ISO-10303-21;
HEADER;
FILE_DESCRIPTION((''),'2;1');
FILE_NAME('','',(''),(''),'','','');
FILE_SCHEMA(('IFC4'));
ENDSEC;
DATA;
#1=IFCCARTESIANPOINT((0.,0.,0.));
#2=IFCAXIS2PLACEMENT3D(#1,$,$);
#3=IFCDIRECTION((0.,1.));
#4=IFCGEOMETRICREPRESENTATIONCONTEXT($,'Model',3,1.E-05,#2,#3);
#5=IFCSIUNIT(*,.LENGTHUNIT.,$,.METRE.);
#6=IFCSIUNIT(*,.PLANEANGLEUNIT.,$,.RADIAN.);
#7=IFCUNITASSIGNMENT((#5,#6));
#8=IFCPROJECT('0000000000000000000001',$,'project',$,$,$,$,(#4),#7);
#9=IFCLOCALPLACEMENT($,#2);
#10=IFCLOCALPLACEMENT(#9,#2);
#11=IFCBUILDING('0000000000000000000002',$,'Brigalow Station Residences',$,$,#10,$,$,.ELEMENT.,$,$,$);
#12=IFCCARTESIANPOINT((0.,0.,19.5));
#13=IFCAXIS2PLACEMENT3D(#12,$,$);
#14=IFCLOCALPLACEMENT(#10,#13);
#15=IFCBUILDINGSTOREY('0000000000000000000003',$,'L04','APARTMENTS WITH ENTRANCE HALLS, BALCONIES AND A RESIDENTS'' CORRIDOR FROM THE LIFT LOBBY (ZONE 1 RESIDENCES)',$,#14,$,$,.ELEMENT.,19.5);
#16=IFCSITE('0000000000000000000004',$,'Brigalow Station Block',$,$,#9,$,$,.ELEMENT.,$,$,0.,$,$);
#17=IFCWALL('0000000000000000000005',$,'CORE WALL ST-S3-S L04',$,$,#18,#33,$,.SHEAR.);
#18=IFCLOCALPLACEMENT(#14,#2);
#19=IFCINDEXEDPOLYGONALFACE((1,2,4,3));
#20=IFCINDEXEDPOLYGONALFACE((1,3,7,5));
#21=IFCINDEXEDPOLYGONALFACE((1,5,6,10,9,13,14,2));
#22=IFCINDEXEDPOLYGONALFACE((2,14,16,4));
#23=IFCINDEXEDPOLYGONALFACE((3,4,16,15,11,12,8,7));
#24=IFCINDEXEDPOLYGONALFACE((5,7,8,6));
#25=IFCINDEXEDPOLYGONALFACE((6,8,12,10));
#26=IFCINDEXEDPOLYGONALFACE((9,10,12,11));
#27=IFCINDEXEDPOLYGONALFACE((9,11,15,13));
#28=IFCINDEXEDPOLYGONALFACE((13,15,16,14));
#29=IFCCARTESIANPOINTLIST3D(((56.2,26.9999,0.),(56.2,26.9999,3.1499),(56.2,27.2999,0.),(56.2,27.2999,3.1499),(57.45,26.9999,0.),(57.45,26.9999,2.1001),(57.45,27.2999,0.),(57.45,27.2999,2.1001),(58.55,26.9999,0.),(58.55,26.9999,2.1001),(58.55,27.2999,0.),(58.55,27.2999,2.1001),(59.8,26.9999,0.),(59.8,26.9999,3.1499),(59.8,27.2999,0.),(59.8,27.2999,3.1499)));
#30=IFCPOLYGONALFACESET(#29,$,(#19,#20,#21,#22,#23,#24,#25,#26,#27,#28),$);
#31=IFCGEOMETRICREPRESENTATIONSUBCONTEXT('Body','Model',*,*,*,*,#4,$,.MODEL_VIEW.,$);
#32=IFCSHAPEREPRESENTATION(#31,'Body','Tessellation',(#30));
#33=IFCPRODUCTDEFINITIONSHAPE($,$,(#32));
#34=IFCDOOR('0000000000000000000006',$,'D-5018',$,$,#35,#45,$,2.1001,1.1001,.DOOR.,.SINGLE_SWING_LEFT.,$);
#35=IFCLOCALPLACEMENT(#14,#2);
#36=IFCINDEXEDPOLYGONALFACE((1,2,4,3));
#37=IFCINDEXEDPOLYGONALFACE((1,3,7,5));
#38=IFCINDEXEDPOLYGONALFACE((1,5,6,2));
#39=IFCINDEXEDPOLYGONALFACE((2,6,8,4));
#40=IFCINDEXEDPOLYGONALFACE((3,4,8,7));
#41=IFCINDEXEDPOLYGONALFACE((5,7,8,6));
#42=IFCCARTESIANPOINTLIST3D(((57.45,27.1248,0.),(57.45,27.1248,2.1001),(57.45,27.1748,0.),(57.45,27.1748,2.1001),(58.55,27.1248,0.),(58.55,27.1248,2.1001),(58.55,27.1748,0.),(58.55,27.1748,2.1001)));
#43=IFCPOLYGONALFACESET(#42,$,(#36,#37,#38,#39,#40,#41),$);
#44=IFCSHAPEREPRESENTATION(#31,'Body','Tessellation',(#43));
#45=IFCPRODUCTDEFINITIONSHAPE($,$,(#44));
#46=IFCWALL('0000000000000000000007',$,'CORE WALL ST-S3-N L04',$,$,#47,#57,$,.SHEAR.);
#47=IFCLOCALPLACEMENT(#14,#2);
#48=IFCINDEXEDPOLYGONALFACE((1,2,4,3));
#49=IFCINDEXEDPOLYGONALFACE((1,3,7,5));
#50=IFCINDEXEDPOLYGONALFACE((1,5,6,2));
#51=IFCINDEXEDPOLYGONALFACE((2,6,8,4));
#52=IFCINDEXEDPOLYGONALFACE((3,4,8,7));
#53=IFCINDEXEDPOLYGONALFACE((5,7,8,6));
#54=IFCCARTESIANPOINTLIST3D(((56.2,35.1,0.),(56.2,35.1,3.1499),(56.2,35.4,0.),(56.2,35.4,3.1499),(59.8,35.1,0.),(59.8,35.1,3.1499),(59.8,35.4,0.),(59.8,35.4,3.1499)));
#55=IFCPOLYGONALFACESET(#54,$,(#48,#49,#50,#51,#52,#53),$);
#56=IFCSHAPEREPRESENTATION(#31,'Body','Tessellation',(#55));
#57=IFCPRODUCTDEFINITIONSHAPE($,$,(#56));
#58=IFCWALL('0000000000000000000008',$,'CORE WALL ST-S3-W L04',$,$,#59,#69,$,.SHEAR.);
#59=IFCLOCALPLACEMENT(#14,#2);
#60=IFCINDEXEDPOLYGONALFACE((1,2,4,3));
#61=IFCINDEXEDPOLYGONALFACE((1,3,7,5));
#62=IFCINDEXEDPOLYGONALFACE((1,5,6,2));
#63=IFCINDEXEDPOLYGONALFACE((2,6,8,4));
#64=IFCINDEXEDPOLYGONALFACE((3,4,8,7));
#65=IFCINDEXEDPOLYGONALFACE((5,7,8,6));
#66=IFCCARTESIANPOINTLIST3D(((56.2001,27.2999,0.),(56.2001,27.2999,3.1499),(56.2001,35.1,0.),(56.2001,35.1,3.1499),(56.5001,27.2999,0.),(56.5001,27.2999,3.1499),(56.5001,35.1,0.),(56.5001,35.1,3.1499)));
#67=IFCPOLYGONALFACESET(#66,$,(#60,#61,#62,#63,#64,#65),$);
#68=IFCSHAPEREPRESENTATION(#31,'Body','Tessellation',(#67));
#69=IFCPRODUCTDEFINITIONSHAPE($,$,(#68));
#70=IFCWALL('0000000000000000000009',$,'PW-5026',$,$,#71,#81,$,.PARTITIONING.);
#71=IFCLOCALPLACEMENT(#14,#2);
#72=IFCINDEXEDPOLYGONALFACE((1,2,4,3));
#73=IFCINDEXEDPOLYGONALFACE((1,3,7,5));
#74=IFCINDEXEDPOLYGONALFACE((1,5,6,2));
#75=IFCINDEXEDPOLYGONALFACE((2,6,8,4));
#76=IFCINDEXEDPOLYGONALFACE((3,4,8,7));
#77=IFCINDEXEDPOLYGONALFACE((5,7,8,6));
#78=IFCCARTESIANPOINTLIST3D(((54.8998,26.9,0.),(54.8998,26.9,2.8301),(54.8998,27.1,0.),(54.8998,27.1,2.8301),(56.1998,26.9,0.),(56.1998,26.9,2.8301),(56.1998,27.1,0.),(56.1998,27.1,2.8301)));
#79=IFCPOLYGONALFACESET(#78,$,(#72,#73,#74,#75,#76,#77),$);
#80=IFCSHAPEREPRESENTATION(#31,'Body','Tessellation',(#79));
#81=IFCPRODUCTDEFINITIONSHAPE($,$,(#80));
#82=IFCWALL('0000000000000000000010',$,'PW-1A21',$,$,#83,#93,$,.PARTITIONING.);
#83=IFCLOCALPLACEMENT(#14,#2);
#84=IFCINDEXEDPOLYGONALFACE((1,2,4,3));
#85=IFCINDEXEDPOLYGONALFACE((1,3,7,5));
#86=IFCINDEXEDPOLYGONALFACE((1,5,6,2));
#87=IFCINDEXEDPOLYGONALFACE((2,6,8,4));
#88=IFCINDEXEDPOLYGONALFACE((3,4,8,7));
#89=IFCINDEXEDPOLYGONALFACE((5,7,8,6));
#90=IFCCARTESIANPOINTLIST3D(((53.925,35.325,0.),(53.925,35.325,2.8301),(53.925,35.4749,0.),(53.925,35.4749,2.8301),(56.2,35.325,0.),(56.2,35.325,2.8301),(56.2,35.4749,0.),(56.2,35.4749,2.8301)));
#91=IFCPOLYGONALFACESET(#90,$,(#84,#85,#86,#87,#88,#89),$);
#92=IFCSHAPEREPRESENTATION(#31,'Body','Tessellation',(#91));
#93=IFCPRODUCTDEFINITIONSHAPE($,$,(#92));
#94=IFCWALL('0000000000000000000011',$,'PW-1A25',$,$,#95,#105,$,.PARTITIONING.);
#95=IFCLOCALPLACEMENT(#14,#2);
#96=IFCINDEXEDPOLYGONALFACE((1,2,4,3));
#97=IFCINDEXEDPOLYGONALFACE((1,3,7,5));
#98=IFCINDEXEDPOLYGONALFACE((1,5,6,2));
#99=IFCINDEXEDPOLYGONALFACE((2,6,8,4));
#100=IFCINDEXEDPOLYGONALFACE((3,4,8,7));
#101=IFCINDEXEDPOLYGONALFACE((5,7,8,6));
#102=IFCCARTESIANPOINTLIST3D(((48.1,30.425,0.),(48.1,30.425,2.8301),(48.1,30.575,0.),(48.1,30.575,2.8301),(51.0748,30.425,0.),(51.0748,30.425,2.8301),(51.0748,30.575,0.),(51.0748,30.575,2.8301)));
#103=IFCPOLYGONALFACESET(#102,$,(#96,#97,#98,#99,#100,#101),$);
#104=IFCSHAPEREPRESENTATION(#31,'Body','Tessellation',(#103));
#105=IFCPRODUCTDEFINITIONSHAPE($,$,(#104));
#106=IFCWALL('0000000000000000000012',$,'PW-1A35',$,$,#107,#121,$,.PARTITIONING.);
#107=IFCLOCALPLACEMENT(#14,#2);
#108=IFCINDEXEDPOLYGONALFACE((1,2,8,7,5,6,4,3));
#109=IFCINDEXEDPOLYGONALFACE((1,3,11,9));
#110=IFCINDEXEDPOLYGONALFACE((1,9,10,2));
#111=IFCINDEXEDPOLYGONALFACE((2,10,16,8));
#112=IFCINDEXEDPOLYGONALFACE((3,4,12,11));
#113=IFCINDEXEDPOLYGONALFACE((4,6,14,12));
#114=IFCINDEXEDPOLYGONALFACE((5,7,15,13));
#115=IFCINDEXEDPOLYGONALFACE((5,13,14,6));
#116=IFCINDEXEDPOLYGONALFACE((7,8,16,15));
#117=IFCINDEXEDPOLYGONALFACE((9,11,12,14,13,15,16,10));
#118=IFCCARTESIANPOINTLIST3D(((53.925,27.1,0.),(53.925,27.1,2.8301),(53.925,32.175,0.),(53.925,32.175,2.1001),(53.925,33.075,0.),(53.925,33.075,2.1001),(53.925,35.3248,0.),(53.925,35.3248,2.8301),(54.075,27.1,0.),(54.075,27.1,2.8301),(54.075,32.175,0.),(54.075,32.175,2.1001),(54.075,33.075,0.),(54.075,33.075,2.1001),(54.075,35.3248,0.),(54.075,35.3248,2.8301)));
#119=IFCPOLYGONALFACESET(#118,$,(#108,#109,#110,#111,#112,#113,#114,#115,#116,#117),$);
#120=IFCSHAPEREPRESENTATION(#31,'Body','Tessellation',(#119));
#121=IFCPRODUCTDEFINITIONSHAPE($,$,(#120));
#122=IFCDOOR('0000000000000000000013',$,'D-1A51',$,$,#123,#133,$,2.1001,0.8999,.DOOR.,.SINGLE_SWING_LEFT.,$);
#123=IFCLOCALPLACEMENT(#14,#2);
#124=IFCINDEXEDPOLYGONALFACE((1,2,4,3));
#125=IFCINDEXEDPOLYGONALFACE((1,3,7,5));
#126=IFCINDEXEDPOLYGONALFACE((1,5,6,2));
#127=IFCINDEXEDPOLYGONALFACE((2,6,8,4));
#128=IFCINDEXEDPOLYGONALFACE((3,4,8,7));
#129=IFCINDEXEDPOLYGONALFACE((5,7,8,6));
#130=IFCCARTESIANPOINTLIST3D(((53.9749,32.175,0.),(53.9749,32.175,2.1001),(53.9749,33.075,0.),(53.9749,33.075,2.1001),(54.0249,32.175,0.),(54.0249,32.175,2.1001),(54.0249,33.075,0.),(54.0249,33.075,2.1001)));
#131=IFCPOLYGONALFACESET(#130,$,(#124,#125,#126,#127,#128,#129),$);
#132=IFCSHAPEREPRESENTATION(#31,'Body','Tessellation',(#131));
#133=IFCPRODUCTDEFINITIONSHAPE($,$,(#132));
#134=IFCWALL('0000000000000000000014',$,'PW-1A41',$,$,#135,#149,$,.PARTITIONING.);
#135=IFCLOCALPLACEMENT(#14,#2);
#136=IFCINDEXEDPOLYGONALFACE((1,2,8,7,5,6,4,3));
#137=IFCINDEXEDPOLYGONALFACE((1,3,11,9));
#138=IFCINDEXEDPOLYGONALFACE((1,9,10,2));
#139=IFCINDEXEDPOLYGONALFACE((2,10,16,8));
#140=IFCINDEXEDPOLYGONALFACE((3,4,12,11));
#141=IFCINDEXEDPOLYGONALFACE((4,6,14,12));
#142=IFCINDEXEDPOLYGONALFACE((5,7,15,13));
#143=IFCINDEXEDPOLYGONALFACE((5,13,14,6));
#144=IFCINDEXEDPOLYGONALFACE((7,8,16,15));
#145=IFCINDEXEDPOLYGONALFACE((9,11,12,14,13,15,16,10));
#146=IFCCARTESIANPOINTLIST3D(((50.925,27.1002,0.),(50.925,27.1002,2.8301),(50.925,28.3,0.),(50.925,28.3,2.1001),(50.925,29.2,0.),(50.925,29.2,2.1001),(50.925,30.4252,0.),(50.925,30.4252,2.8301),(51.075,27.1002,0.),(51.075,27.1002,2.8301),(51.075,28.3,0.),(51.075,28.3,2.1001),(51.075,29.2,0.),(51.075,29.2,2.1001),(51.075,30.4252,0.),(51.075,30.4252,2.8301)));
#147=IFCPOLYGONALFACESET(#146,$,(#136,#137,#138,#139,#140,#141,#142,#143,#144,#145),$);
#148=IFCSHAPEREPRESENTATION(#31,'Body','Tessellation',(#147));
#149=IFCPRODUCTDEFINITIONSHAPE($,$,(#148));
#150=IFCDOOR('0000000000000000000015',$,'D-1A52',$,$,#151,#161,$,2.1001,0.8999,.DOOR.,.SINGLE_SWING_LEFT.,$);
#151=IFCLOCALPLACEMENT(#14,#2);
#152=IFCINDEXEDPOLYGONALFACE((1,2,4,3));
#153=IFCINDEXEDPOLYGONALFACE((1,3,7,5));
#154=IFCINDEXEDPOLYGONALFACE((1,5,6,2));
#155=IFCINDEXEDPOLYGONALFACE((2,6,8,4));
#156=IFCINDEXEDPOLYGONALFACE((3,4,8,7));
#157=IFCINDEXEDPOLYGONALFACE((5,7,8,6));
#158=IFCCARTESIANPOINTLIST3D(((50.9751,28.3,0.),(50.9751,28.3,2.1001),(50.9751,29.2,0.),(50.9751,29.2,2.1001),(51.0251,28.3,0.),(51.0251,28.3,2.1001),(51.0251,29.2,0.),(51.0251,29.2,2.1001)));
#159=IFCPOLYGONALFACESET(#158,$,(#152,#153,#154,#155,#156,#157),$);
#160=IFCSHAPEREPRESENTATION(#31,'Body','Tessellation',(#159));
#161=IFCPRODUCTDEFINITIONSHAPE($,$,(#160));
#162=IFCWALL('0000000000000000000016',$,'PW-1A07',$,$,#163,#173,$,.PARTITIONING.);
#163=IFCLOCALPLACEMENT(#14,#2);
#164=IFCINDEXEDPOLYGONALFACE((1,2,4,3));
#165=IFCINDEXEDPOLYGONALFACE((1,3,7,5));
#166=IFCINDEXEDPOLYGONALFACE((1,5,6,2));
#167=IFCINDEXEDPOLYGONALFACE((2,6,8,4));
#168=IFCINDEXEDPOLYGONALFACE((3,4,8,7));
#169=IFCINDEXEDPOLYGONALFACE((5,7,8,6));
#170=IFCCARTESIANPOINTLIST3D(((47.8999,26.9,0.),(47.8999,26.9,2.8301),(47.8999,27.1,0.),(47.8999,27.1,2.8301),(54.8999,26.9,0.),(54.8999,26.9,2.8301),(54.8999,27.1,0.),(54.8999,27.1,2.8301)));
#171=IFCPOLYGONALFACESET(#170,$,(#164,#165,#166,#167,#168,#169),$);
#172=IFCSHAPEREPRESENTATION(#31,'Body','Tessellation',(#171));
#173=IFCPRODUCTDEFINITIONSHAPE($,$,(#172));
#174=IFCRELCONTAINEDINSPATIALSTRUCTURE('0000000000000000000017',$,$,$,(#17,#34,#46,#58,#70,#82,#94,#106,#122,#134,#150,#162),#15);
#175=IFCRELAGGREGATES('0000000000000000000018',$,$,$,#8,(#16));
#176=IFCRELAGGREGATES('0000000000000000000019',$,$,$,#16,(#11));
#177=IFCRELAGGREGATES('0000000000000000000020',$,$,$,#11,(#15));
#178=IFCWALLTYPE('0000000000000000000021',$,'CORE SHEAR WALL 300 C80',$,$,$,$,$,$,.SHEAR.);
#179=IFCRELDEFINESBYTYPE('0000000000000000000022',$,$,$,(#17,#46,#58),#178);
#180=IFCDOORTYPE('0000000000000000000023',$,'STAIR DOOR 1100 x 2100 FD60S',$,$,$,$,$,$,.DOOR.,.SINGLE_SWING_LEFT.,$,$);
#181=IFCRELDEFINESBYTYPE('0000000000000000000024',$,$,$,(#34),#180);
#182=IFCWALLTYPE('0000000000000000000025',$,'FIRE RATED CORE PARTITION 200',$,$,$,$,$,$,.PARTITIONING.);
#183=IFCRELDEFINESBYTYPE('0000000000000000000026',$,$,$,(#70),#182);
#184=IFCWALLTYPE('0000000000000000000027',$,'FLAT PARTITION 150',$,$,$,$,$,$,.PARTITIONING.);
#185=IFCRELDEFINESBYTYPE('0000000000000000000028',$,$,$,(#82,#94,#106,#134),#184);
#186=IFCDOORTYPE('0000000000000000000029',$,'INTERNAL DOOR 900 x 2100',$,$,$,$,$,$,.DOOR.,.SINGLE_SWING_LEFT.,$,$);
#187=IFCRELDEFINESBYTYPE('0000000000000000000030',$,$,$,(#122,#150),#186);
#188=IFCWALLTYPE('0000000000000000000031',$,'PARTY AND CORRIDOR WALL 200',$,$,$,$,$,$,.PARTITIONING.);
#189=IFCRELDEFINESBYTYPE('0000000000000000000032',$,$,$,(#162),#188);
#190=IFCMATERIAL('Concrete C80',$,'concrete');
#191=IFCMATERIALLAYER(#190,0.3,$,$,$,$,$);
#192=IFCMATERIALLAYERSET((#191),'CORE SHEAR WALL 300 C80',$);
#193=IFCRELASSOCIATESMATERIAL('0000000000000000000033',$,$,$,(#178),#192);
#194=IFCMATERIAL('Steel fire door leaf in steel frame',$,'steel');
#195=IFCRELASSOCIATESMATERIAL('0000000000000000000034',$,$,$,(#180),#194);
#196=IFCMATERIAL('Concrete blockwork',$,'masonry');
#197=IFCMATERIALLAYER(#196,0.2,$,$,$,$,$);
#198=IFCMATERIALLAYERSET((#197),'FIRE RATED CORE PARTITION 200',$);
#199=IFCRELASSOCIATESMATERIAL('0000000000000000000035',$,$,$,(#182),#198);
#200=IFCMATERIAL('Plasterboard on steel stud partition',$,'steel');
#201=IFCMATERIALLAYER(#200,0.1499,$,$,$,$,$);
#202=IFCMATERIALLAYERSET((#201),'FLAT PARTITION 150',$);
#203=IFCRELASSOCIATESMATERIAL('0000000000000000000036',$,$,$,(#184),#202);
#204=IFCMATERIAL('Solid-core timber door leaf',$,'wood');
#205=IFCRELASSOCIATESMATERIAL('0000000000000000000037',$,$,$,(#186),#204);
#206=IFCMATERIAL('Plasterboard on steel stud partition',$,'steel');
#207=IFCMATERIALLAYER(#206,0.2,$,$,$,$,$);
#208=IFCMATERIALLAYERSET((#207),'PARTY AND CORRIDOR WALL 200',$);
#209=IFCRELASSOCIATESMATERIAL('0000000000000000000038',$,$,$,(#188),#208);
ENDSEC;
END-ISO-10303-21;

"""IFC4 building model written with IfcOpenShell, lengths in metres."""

from ifc_helpers import new_model, si_unit, direction, frame, frame_2d, origin, place, context, subcontext, project, spatial, rectangle, extrude, material, layer, layer_set, type_object, element, fill, save


model = new_model("IFC4")

# Units and contexts
model_context = context("Model", 3, precision=1e-05, world=origin(), true_north=direction((0.0, 1.0)))
body_context = subcontext(model_context, "Body", "Model", "MODEL_VIEW")
ifc_project = project(units=[si_unit("LENGTHUNIT", "METRE"), si_unit("PLANEANGLEUNIT", "RADIAN")], contexts=[model_context])

# Site, building, storey
site_placement = place(None, origin())
site = spatial("IfcSite", under=ifc_project, at=site_placement, Name="Brigalow Station Block", CompositionType="ELEMENT", RefElevation=0.0)
building_placement = place(site_placement, origin())
building = spatial("IfcBuilding", under=site, at=building_placement, Name="Brigalow Station Residences", CompositionType="ELEMENT")
storey_placement = place(building_placement, frame((0.0, 0.0, 19.5)))
storey = spatial("IfcBuildingStorey", under=building, at=storey_placement, Name="L04", Description="APARTMENTS WITH ENTRANCE HALLS, BALCONIES AND A RESIDENTS' CORRIDOR FROM THE LIFT LOBBY (ZONE 1 RESIDENCES)", CompositionType="ELEMENT", Elevation=19.5)

# Wall, opening, door
ifc_material_1 = material(Name="Concrete C80", Category="concrete")
ifc_layer_1 = layer(ifc_material_1, 0.3)
ifc_layer_set_1 = layer_set([ifc_layer_1], Name="CORE SHEAR WALL 300 C80")
wall_type_1 = type_object("IfcWallType", Name="CORE SHEAR WALL 300 C80", PredefinedType="SHEAR", material=ifc_layer_set_1)
wall_1_placement = place(storey_placement, frame((56.2, 27.1499, 0.0), z_axis=(0.0, 0.0, 1.0), x_axis=(1.0, 0.0, 0.0)))
wall_1 = element("IfcWall", 1, at=wall_1_placement, inside=storey, type_object=wall_type_1, Name="CORE WALL ST-S3-S L04", PredefinedType="SHEAR", context=body_context, shape_type="SweptSolid", body=[
    extrude(rectangle(XDim=3.6001, YDim=0.3, at=frame_2d((1.8, 0.0))), origin(), (0.0, 0.0, 1.0), 3.1499),
])
opening_1_placement = place(wall_1_placement, frame((1.25, 0.0, 0.0)))
opening_1 = element("IfcOpeningElement", 2, at=opening_1_placement, cuts=wall_1, PredefinedType="OPENING", context=body_context, shape_type="SweptSolid", body=[
    extrude(rectangle(XDim=1.1001, YDim=2.1001, at=frame_2d((0.55, 1.05))), frame((0.0, 0.1602, 0.0), z_axis=(0.0, -1.0, 0.0), x_axis=(1.0, 0.0, 0.0)), (0.0, 0.0, 1.0), 0.3201),
])
ifc_material_2 = material(Name="Steel fire door leaf in steel frame", Category="steel")
door_type_1 = type_object("IfcDoorType", Name="STAIR DOOR 1100 x 2100 FD60S", OperationType="SINGLE_SWING_LEFT", PredefinedType="DOOR", material=ifc_material_2)
door_1_placement = place(opening_1_placement, origin())
door_1 = element("IfcDoor", 3, at=door_1_placement, inside=storey, type_object=door_type_1, Name="D-5018", OperationType="SINGLE_SWING_LEFT", OverallHeight=2.1001, OverallWidth=1.1001, PredefinedType="DOOR", context=body_context, shape_type="SweptSolid", body=[
    extrude(rectangle(XDim=1.1001, YDim=2.1001, at=frame_2d((0.55, 1.05))), frame((0.0, 0.0249, 0.0), z_axis=(0.0, -1.0, 0.0), x_axis=(1.0, 0.0, 0.0)), (0.0, 0.0, 1.0), 0.05),
])
fill(opening_1, door_1)

# Walls
wall_2_placement = place(storey_placement, frame((56.2, 35.25, 0.0), z_axis=(0.0, 0.0, 1.0), x_axis=(1.0, 0.0, 0.0)))
element("IfcWall", 4, at=wall_2_placement, inside=storey, type_object=wall_type_1, Name="CORE WALL ST-S3-N L04", PredefinedType="SHEAR", context=body_context, shape_type="SweptSolid", body=[
    extrude(rectangle(XDim=3.6001, YDim=0.3, at=frame_2d((1.8, 0.0))), origin(), (0.0, 0.0, 1.0), 3.1499),
])
wall_3_placement = place(storey_placement, frame((56.3501, 27.3, 0.0), z_axis=(0.0, 0.0, 1.0), x_axis=(0.0, 1.0, 0.0)))
element("IfcWall", 5, at=wall_3_placement, inside=storey, type_object=wall_type_1, Name="CORE WALL ST-S3-W L04", PredefinedType="SHEAR", context=body_context, shape_type="SweptSolid", body=[
    extrude(rectangle(XDim=7.8, YDim=0.3, at=frame_2d((3.8999, 0.0))), origin(), (0.0, 0.0, 1.0), 3.1499),
])
ifc_material_3 = material(Name="Concrete blockwork", Category="masonry")
ifc_layer_2 = layer(ifc_material_3, 0.2)
ifc_layer_set_2 = layer_set([ifc_layer_2], Name="FIRE RATED CORE PARTITION 200")
wall_type_2 = type_object("IfcWallType", Name="FIRE RATED CORE PARTITION 200", PredefinedType="PARTITIONING", material=ifc_layer_set_2)
wall_4_placement = place(storey_placement, frame((54.8999, 27.0, 0.0), z_axis=(0.0, 0.0, 1.0), x_axis=(1.0, 0.0, 0.0)))
element("IfcWall", 6, at=wall_4_placement, inside=storey, type_object=wall_type_2, Name="PW-5026", PredefinedType="PARTITIONING", context=body_context, shape_type="SweptSolid", body=[
    extrude(rectangle(XDim=1.3, YDim=0.2, at=frame_2d((0.6499, 0.0))), origin(), (0.0, 0.0, 1.0), 2.8301),
])
ifc_material_4 = material(Name="Plasterboard on steel stud partition", Category="steel")
ifc_layer_3 = layer(ifc_material_4, 0.1499)
ifc_layer_set_3 = layer_set([ifc_layer_3], Name="FLAT PARTITION 150")
wall_type_3 = type_object("IfcWallType", Name="FLAT PARTITION 150", PredefinedType="PARTITIONING", material=ifc_layer_set_3)
wall_5_placement = place(storey_placement, frame((53.925, 35.3999, 0.0), z_axis=(0.0, 0.0, 1.0), x_axis=(1.0, 0.0, 0.0)))
element("IfcWall", 7, at=wall_5_placement, inside=storey, type_object=wall_type_3, Name="PW-1A21", PredefinedType="PARTITIONING", context=body_context, shape_type="SweptSolid", body=[
    extrude(rectangle(XDim=2.2749, YDim=0.1499, at=frame_2d((1.1375, 0.0))), origin(), (0.0, 0.0, 1.0), 2.8301),
])
wall_6_placement = place(storey_placement, frame((48.1001, 30.5, 0.0), z_axis=(0.0, 0.0, 1.0), x_axis=(1.0, 0.0, 0.0)))
element("IfcWall", 8, at=wall_6_placement, inside=storey, type_object=wall_type_3, Name="PW-1A25", PredefinedType="PARTITIONING", context=body_context, shape_type="SweptSolid", body=[
    extrude(rectangle(XDim=2.9749, YDim=0.1499, at=frame_2d((1.4873, 0.0))), origin(), (0.0, 0.0, 1.0), 2.8301),
])

# Walls, openings, doors
wall_7_placement = place(storey_placement, frame((54.0, 27.1001, 0.0), z_axis=(0.0, 0.0, 1.0), x_axis=(0.0, 1.0, 0.0)))
wall_7 = element("IfcWall", 9, at=wall_7_placement, inside=storey, type_object=wall_type_3, Name="PW-1A35", PredefinedType="PARTITIONING", context=body_context, shape_type="SweptSolid", body=[
    extrude(rectangle(XDim=8.2249, YDim=0.1499, at=frame_2d((4.1123, 0.0))), origin(), (0.0, 0.0, 1.0), 2.8301),
])
opening_2_placement = place(wall_7_placement, frame((5.075, 0.0, 0.0)))
opening_2 = element("IfcOpeningElement", 10, at=opening_2_placement, cuts=wall_7, PredefinedType="OPENING", context=body_context, shape_type="SweptSolid", body=[
    extrude(rectangle(XDim=0.8999, YDim=2.1001, at=frame_2d((0.45, 1.05))), frame((0.0, 0.085, 0.0), z_axis=(0.0, -1.0, 0.0), x_axis=(1.0, 0.0, 0.0)), (0.0, 0.0, 1.0), 0.1699),
])
ifc_material_5 = material(Name="Solid-core timber door leaf", Category="wood")
door_type_2 = type_object("IfcDoorType", Name="INTERNAL DOOR 900 x 2100", OperationType="SINGLE_SWING_LEFT", PredefinedType="DOOR", material=ifc_material_5)
door_2_placement = place(opening_2_placement, frame((0.8999, 0.0, 0.0), z_axis=(0.0, 0.0, 1.0), x_axis=(-1.0, 0.0, 0.0)))
door_2 = element("IfcDoor", 11, at=door_2_placement, inside=storey, type_object=door_type_2, Name="D-1A51", OperationType="SINGLE_SWING_LEFT", OverallHeight=2.1001, OverallWidth=0.8999, PredefinedType="DOOR", context=body_context, shape_type="SweptSolid", body=[
    extrude(rectangle(XDim=0.8999, YDim=2.1001, at=frame_2d((0.45, 1.05))), frame((0.0, 0.0249, 0.0), z_axis=(0.0, -1.0, 0.0), x_axis=(1.0, 0.0, 0.0)), (0.0, 0.0, 1.0), 0.05),
])
fill(opening_2, door_2)
wall_8_placement = place(storey_placement, frame((51.0, 27.1001, 0.0), z_axis=(0.0, 0.0, 1.0), x_axis=(0.0, 1.0, 0.0)))
wall_8 = element("IfcWall", 12, at=wall_8_placement, inside=storey, type_object=wall_type_3, Name="PW-1A41", PredefinedType="PARTITIONING", context=body_context, shape_type="SweptSolid", body=[
    extrude(rectangle(XDim=3.325, YDim=0.1499, at=frame_2d((1.6626, 0.0))), origin(), (0.0, 0.0, 1.0), 2.8301),
])
opening_3_placement = place(wall_8_placement, frame((1.2, 0.0, 0.0)))
opening_3 = element("IfcOpeningElement", 13, at=opening_3_placement, cuts=wall_8, PredefinedType="OPENING", context=body_context, shape_type="SweptSolid", body=[
    extrude(rectangle(XDim=0.8999, YDim=2.1001, at=frame_2d((0.45, 1.05))), frame((0.0, 0.085, 0.0), z_axis=(0.0, -1.0, 0.0), x_axis=(1.0, 0.0, 0.0)), (0.0, 0.0, 1.0), 0.1699),
])
door_3_placement = place(opening_3_placement, origin())
door_3 = element("IfcDoor", 14, at=door_3_placement, inside=storey, type_object=door_type_2, Name="D-1A52", OperationType="SINGLE_SWING_LEFT", OverallHeight=2.1001, OverallWidth=0.8999, PredefinedType="DOOR", context=body_context, shape_type="SweptSolid", body=[
    extrude(rectangle(XDim=0.8999, YDim=2.1001, at=frame_2d((0.45, 1.05))), frame((0.0, 0.0249, 0.0), z_axis=(0.0, -1.0, 0.0), x_axis=(1.0, 0.0, 0.0)), (0.0, 0.0, 1.0), 0.05),
])
fill(opening_3, door_3)

# Wall
ifc_material_6 = material(Name="Plasterboard on steel stud partition", Category="steel")
ifc_layer_4 = layer(ifc_material_6, 0.2)
ifc_layer_set_4 = layer_set([ifc_layer_4], Name="PARTY AND CORRIDOR WALL 200")
wall_type_4 = type_object("IfcWallType", Name="PARTY AND CORRIDOR WALL 200", PredefinedType="PARTITIONING", material=ifc_layer_set_4)
wall_9_placement = place(storey_placement, frame((47.8999, 27.0, 0.0), z_axis=(0.0, 0.0, 1.0), x_axis=(1.0, 0.0, 0.0)))
element("IfcWall", 15, at=wall_9_placement, inside=storey, type_object=wall_type_4, Name="PW-1A07", PredefinedType="PARTITIONING", context=body_context, shape_type="SweptSolid", body=[
    extrude(rectangle(XDim=7.0, YDim=0.2, at=frame_2d((3.5, 0.0))), origin(), (0.0, 0.0, 1.0), 2.8301),
])

save(model, "model.ifc")
